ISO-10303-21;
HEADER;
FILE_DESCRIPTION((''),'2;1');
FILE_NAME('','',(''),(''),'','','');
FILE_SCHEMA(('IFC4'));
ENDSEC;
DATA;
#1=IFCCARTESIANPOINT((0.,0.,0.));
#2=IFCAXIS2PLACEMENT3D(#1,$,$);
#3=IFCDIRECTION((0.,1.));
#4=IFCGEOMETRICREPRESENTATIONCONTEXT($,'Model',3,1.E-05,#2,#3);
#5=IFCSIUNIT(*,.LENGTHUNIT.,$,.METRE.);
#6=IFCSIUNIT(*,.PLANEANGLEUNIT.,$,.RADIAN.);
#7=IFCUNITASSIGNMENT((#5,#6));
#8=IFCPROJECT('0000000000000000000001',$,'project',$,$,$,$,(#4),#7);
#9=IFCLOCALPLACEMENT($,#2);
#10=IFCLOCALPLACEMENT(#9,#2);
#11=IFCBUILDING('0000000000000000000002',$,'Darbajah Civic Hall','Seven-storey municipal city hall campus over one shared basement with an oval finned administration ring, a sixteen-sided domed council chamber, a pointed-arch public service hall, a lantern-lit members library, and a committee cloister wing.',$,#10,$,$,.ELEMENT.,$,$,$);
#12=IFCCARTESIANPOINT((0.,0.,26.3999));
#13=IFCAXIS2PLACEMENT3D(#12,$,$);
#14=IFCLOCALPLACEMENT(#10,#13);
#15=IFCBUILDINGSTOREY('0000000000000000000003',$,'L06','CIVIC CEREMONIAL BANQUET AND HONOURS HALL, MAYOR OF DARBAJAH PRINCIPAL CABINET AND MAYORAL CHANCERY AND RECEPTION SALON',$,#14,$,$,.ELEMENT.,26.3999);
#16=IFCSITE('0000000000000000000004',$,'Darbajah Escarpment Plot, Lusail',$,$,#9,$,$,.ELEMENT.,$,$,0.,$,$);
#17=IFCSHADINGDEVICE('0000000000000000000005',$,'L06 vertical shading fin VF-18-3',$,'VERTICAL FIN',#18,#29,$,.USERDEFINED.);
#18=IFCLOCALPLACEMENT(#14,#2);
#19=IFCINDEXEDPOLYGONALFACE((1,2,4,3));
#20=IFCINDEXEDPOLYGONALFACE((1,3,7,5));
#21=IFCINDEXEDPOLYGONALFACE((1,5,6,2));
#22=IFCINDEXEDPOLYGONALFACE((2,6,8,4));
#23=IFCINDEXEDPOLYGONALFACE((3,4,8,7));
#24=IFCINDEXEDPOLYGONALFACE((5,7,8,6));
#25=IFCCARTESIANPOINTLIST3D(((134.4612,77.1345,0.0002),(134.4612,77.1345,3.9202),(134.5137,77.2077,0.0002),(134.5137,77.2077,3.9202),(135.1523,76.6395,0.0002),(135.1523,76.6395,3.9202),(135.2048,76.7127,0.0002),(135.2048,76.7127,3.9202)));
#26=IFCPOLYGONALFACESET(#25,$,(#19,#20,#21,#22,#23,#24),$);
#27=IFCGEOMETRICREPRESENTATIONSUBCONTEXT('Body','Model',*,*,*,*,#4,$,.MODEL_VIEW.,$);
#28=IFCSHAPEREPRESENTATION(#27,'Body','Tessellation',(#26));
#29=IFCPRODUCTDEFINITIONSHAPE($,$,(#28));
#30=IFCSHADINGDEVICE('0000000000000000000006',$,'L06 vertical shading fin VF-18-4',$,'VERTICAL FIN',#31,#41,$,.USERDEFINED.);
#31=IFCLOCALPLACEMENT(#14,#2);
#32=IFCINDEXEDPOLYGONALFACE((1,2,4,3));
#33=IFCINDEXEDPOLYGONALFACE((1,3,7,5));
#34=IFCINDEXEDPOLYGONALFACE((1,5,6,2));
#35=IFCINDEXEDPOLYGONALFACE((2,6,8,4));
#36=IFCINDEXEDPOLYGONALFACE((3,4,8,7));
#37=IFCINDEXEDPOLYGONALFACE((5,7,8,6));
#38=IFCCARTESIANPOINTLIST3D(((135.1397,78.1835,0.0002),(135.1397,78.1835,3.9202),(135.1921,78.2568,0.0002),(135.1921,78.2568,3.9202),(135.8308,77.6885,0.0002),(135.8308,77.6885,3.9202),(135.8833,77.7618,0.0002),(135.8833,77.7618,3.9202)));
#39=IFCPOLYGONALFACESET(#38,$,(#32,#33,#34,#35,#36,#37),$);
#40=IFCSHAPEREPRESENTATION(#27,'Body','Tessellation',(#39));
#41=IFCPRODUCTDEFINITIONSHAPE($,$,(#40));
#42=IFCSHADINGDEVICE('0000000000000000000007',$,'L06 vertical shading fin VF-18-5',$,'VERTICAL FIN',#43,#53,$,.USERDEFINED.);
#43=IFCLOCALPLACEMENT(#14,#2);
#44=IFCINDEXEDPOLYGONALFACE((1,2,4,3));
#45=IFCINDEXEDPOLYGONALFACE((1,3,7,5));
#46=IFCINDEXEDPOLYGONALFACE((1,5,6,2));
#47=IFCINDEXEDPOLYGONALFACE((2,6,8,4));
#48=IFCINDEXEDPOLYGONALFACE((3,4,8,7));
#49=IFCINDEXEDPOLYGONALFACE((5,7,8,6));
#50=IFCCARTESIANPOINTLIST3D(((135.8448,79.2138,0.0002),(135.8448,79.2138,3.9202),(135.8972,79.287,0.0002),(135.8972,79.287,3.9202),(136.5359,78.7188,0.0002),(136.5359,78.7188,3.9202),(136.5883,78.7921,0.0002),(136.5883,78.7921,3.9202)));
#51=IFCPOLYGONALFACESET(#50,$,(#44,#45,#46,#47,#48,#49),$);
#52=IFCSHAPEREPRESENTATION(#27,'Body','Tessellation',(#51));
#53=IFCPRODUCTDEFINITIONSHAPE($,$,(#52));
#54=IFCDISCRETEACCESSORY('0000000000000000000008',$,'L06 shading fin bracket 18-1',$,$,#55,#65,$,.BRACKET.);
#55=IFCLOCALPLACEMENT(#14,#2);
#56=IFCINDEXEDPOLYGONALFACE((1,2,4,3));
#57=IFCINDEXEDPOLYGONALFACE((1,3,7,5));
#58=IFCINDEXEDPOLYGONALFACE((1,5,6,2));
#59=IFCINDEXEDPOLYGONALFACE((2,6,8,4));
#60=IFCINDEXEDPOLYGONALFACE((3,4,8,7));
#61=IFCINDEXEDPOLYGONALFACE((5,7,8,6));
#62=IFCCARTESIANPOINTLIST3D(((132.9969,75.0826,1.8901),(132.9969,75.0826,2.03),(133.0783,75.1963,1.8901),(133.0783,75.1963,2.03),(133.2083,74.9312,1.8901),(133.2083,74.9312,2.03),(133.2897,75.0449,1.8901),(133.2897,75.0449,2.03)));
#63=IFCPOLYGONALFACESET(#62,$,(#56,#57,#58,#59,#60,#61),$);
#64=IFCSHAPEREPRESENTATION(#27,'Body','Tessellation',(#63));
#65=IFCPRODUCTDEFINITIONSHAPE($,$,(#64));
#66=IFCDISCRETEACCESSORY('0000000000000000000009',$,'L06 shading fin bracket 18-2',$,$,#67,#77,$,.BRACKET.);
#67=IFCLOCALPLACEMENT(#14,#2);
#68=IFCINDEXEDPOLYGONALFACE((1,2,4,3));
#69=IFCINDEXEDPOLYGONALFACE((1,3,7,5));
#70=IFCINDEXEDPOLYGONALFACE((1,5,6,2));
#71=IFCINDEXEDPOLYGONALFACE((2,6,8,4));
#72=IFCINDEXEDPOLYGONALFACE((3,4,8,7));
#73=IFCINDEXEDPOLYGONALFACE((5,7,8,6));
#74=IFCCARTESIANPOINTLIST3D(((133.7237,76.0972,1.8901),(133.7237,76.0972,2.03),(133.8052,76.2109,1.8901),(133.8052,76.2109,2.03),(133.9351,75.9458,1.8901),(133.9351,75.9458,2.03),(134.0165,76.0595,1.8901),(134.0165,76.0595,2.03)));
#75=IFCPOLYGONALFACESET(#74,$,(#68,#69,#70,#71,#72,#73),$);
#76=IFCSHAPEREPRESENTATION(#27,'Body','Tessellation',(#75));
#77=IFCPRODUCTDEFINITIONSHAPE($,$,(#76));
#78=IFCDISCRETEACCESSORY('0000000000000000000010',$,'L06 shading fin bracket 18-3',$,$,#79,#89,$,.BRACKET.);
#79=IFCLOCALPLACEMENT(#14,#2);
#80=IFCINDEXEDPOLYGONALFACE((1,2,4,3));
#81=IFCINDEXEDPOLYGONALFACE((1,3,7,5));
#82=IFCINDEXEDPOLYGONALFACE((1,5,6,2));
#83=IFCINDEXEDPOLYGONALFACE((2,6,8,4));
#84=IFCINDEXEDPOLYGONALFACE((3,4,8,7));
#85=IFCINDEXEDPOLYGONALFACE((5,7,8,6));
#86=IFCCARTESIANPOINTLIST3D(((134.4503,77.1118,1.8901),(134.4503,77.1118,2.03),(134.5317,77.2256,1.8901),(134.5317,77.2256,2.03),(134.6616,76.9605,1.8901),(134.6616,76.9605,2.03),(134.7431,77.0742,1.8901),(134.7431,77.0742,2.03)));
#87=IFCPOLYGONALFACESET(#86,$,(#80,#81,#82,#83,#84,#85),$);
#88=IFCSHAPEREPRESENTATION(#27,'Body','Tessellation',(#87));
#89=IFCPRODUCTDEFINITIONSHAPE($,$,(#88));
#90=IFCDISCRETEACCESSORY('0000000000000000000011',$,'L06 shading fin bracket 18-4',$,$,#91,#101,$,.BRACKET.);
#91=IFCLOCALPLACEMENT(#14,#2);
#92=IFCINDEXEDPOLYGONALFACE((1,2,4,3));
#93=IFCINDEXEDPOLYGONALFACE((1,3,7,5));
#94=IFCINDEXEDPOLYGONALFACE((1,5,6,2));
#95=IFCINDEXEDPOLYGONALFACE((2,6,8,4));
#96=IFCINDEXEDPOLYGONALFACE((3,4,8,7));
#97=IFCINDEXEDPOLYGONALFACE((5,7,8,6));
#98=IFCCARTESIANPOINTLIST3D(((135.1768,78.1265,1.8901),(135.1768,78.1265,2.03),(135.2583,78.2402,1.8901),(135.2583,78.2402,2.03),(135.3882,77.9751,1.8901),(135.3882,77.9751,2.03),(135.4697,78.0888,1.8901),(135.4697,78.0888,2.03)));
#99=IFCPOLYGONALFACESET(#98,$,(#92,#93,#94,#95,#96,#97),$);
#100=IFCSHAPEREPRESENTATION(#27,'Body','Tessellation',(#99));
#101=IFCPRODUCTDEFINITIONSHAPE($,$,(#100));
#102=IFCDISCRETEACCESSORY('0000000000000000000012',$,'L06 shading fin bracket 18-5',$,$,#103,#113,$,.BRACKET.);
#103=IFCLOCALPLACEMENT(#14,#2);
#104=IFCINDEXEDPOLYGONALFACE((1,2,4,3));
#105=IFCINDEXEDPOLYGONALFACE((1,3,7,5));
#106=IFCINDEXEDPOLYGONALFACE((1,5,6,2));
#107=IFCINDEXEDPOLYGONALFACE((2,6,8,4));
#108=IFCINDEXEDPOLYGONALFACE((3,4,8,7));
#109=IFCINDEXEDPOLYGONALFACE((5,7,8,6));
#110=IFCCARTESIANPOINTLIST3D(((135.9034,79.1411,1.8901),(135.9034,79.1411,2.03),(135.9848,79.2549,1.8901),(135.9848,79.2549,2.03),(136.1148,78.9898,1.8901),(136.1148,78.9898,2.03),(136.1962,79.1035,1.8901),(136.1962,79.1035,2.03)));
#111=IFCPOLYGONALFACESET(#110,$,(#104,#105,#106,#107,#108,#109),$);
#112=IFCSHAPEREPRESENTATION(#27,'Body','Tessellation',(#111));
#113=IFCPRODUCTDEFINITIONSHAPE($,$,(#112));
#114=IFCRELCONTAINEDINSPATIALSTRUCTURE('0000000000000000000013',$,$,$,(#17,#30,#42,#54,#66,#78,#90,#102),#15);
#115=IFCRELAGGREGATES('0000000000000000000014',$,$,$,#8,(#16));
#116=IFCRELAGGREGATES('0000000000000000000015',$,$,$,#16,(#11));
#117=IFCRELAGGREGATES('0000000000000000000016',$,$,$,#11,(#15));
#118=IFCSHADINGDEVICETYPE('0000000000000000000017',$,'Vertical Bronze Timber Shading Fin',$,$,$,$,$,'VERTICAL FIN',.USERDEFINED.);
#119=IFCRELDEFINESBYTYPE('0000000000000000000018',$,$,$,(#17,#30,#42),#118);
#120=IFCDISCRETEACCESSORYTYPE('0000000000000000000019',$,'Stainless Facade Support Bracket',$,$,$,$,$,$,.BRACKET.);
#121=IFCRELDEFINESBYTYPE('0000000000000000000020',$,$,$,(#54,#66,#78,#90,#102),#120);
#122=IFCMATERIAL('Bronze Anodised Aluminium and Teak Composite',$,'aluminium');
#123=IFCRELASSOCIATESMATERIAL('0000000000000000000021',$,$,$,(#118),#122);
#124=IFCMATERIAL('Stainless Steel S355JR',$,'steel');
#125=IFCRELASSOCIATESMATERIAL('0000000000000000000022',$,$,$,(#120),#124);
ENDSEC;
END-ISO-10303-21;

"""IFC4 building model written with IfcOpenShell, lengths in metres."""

from ifc_helpers import new_model, si_unit, direction, frame, origin, origin_2d, place, context, subcontext, project, spatial, rectangle, extrude, material, type_object, element, save


model = new_model("IFC4")

# Units and contexts
model_context = context("Model", 3, precision=1e-05, world=origin(), true_north=direction((0.0, 1.0)))
body_context = subcontext(model_context, "Body", "Model", "MODEL_VIEW")
ifc_project = project(units=[si_unit("LENGTHUNIT", "METRE"), si_unit("PLANEANGLEUNIT", "RADIAN")], contexts=[model_context])

# Site, building, storey
site_placement = place(None, origin())
site = spatial("IfcSite", under=ifc_project, at=site_placement, Name="Darbajah Escarpment Plot, Lusail", CompositionType="ELEMENT", RefElevation=0.0)
building_placement = place(site_placement, origin())
building = spatial("IfcBuilding", under=site, at=building_placement, Name="Darbajah Civic Hall", Description="Seven-storey municipal city hall campus over one shared basement with an oval finned administration ring, a sixteen-sided domed council chamber, a pointed-arch public service hall, a lantern-lit members library, and a committee cloister wing.", CompositionType="ELEMENT")
storey_placement = place(building_placement, frame((0.0, 0.0, 26.3999)))
storey = spatial("IfcBuildingStorey", under=building, at=storey_placement, Name="L06", Description="CIVIC CEREMONIAL BANQUET AND HONOURS HALL, MAYOR OF DARBAJAH PRINCIPAL CABINET AND MAYORAL CHANCERY AND RECEPTION SALON", CompositionType="ELEMENT", Elevation=26.3999)

# Shading devices
ifc_material_1 = material(Name="Bronze Anodised Aluminium and Teak Composite", Category="aluminium")
shading_device_type = type_object("IfcShadingDeviceType", Name="Vertical Bronze Timber Shading Fin", ElementType="VERTICAL FIN", PredefinedType="USERDEFINED", material=ifc_material_1)
for number, where, z_axis, x_axis, name in (
    (1, (134.833, 76.9236, 0.0002), (0.0, 0.0, 1.0), (0.812999, -0.582265, 0.0), "L06 vertical shading fin VF-18-3"),
    (2, (135.5115, 77.9727, 0.0002), (0.0, 0.0, 1.0), (0.812999, -0.582265, 0.0), "L06 vertical shading fin VF-18-4"),
    (3, (136.2166, 79.0029, 0.0002), (0.0, 0.0, 1.0), (0.812999, -0.582265, 0.0), "L06 vertical shading fin VF-18-5"),
):
    element("IfcShadingDevice", number, at=place(storey_placement, frame(where, z_axis=z_axis, x_axis=x_axis)), inside=storey, type_object=shading_device_type, Name=name, ObjectType="VERTICAL FIN", PredefinedType="USERDEFINED", context=body_context, shape_type="SweptSolid", body=[
        extrude(rectangle(XDim=0.8501, YDim=0.0901, at=origin_2d()), origin(), (0.0, 0.0, 1.0), 3.9199),
    ])

# Discrete accessories
ifc_material_2 = material(Name="Stainless Steel S355JR", Category="steel")
discrete_accessory_type = type_object("IfcDiscreteAccessoryType", Name="Stainless Facade Support Bracket", PredefinedType="BRACKET", material=ifc_material_2)
for number, where, z_axis, x_axis, name in (
    (4, (133.1433, 75.0637, 1.8901), (0.0, 0.0, 1.0), (0.812999, -0.582265, 0.0), "L06 shading fin bracket 18-1"),
    (5, (133.8701, 76.0784, 1.8901), (0.0, 0.0, 1.0), (0.812999, -0.582265, 0.0), "L06 shading fin bracket 18-2"),
    (6, (134.5967, 77.093, 1.8901), (0.0, 0.0, 1.0), (0.812999, -0.582265, 0.0), "L06 shading fin bracket 18-3"),
    (7, (135.3232, 78.1077, 1.8901), (0.0, 0.0, 1.0), (0.812999, -0.582265, 0.0), "L06 shading fin bracket 18-4"),
    (8, (136.0498, 79.1223, 1.8901), (0.0, 0.0, 1.0), (0.812999, -0.582265, 0.0), "L06 shading fin bracket 18-5"),
):
    element("IfcDiscreteAccessory", number, at=place(storey_placement, frame(where, z_axis=z_axis, x_axis=x_axis)), inside=storey, type_object=discrete_accessory_type, Name=name, PredefinedType="BRACKET", context=body_context, shape_type="SweptSolid", body=[
        extrude(rectangle(XDim=0.26, YDim=0.1399, at=origin_2d()), origin(), (0.0, 0.0, 1.0), 0.1399),
    ])

save(model, "model.ifc")
